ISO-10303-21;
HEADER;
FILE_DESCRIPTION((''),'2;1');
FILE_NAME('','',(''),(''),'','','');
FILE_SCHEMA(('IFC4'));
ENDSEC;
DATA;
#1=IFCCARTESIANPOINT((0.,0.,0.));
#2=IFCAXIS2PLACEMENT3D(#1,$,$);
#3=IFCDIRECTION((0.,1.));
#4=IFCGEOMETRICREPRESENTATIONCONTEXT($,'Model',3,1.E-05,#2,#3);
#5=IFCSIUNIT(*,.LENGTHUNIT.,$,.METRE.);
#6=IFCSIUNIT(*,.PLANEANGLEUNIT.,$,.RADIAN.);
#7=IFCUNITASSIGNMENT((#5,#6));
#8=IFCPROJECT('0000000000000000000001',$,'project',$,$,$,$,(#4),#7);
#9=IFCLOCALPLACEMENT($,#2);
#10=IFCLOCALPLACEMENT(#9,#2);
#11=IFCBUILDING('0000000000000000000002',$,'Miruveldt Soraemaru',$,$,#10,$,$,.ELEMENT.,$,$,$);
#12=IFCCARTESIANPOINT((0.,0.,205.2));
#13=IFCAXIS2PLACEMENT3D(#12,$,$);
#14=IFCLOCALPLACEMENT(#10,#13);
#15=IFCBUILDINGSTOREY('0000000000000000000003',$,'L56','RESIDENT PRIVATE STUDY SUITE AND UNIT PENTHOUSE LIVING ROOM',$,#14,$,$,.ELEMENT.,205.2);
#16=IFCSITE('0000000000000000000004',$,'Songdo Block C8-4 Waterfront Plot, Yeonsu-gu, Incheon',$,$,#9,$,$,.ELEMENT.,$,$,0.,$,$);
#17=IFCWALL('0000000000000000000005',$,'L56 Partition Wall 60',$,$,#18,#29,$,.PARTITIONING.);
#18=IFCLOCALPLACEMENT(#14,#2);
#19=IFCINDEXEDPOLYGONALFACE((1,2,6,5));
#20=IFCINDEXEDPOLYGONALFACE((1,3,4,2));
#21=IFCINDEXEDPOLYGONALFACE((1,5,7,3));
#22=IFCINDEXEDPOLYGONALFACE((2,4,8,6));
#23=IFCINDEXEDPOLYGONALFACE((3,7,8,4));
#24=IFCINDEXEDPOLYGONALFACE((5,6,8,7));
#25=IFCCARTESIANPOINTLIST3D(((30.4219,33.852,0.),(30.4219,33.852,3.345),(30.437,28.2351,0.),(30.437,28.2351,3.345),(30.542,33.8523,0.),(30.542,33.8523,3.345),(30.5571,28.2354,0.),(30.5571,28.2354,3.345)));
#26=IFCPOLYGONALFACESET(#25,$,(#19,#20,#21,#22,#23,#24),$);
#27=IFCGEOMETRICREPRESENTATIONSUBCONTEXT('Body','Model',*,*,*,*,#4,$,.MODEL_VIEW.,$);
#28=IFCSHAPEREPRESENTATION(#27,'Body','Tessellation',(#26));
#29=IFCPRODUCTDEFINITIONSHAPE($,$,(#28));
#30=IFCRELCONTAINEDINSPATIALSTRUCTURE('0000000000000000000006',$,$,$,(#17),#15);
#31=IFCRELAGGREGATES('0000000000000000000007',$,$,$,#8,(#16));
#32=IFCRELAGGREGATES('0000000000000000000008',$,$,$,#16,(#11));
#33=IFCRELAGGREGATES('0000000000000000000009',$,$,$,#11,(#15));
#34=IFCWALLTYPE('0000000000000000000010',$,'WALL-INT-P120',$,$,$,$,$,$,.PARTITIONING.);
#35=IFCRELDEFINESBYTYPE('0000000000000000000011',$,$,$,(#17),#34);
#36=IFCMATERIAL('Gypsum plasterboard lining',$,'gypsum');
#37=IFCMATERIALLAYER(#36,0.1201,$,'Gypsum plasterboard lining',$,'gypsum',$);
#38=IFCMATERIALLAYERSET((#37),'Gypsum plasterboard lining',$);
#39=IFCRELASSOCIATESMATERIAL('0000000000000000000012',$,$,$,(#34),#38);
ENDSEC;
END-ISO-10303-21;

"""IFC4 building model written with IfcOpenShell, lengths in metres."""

from ifc_helpers import new_model, si_unit, direction, frame, frame_2d, origin, place, context, subcontext, project, spatial, rectangle, extrude, material, layer, layer_set, type_object, element, save


model = new_model("IFC4")

# Units and contexts
model_context = context("Model", 3, precision=1e-05, world=origin(), true_north=direction((0.0, 1.0)))
body_context = subcontext(model_context, "Body", "Model", "MODEL_VIEW")
ifc_project = project(units=[si_unit("LENGTHUNIT", "METRE"), si_unit("PLANEANGLEUNIT", "RADIAN")], contexts=[model_context])

# Site, building, storey
site_placement = place(None, origin())
site = spatial("IfcSite", under=ifc_project, at=site_placement, Name="Songdo Block C8-4 Waterfront Plot, Yeonsu-gu, Incheon", CompositionType="ELEMENT", RefElevation=0.0)
building_placement = place(site_placement, origin())
building = spatial("IfcBuilding", under=site, at=building_placement, Name="Miruveldt Soraemaru", CompositionType="ELEMENT")
storey_placement = place(building_placement, frame((0.0, 0.0, 205.2)))
storey = spatial("IfcBuildingStorey", under=building, at=storey_placement, Name="L56", Description="RESIDENT PRIVATE STUDY SUITE AND UNIT PENTHOUSE LIVING ROOM", CompositionType="ELEMENT", Elevation=205.2)

# Wall
ifc_material_1 = material(Name="Gypsum plasterboard lining", Category="gypsum")
ifc_layer_1 = layer(ifc_material_1, 0.1201, Name="Gypsum plasterboard lining", Category="gypsum")
ifc_layer_set_1 = layer_set([ifc_layer_1], Name="Gypsum plasterboard lining")
wall_type_1 = type_object("IfcWallType", Name="WALL-INT-P120", PredefinedType="PARTITIONING", material=ifc_layer_set_1)
wall_1_placement = place(storey_placement, frame((30.4971, 28.2351, 0.0), z_axis=(0.0, 0.0, 1.0), x_axis=(-0.002695, 0.999996, 0.0)))
element("IfcWall", 1, at=wall_1_placement, inside=storey, type_object=wall_type_1, Name="L56 Partition Wall 60", PredefinedType="PARTITIONING", context=body_context, shape_type="SweptSolid", body=[
    extrude(rectangle(XDim=5.6169, YDim=0.1201, at=frame_2d((2.8086, 0.0))), origin(), (0.0, 0.0, 1.0), 3.345),
])

save(model, "model.ifc")
